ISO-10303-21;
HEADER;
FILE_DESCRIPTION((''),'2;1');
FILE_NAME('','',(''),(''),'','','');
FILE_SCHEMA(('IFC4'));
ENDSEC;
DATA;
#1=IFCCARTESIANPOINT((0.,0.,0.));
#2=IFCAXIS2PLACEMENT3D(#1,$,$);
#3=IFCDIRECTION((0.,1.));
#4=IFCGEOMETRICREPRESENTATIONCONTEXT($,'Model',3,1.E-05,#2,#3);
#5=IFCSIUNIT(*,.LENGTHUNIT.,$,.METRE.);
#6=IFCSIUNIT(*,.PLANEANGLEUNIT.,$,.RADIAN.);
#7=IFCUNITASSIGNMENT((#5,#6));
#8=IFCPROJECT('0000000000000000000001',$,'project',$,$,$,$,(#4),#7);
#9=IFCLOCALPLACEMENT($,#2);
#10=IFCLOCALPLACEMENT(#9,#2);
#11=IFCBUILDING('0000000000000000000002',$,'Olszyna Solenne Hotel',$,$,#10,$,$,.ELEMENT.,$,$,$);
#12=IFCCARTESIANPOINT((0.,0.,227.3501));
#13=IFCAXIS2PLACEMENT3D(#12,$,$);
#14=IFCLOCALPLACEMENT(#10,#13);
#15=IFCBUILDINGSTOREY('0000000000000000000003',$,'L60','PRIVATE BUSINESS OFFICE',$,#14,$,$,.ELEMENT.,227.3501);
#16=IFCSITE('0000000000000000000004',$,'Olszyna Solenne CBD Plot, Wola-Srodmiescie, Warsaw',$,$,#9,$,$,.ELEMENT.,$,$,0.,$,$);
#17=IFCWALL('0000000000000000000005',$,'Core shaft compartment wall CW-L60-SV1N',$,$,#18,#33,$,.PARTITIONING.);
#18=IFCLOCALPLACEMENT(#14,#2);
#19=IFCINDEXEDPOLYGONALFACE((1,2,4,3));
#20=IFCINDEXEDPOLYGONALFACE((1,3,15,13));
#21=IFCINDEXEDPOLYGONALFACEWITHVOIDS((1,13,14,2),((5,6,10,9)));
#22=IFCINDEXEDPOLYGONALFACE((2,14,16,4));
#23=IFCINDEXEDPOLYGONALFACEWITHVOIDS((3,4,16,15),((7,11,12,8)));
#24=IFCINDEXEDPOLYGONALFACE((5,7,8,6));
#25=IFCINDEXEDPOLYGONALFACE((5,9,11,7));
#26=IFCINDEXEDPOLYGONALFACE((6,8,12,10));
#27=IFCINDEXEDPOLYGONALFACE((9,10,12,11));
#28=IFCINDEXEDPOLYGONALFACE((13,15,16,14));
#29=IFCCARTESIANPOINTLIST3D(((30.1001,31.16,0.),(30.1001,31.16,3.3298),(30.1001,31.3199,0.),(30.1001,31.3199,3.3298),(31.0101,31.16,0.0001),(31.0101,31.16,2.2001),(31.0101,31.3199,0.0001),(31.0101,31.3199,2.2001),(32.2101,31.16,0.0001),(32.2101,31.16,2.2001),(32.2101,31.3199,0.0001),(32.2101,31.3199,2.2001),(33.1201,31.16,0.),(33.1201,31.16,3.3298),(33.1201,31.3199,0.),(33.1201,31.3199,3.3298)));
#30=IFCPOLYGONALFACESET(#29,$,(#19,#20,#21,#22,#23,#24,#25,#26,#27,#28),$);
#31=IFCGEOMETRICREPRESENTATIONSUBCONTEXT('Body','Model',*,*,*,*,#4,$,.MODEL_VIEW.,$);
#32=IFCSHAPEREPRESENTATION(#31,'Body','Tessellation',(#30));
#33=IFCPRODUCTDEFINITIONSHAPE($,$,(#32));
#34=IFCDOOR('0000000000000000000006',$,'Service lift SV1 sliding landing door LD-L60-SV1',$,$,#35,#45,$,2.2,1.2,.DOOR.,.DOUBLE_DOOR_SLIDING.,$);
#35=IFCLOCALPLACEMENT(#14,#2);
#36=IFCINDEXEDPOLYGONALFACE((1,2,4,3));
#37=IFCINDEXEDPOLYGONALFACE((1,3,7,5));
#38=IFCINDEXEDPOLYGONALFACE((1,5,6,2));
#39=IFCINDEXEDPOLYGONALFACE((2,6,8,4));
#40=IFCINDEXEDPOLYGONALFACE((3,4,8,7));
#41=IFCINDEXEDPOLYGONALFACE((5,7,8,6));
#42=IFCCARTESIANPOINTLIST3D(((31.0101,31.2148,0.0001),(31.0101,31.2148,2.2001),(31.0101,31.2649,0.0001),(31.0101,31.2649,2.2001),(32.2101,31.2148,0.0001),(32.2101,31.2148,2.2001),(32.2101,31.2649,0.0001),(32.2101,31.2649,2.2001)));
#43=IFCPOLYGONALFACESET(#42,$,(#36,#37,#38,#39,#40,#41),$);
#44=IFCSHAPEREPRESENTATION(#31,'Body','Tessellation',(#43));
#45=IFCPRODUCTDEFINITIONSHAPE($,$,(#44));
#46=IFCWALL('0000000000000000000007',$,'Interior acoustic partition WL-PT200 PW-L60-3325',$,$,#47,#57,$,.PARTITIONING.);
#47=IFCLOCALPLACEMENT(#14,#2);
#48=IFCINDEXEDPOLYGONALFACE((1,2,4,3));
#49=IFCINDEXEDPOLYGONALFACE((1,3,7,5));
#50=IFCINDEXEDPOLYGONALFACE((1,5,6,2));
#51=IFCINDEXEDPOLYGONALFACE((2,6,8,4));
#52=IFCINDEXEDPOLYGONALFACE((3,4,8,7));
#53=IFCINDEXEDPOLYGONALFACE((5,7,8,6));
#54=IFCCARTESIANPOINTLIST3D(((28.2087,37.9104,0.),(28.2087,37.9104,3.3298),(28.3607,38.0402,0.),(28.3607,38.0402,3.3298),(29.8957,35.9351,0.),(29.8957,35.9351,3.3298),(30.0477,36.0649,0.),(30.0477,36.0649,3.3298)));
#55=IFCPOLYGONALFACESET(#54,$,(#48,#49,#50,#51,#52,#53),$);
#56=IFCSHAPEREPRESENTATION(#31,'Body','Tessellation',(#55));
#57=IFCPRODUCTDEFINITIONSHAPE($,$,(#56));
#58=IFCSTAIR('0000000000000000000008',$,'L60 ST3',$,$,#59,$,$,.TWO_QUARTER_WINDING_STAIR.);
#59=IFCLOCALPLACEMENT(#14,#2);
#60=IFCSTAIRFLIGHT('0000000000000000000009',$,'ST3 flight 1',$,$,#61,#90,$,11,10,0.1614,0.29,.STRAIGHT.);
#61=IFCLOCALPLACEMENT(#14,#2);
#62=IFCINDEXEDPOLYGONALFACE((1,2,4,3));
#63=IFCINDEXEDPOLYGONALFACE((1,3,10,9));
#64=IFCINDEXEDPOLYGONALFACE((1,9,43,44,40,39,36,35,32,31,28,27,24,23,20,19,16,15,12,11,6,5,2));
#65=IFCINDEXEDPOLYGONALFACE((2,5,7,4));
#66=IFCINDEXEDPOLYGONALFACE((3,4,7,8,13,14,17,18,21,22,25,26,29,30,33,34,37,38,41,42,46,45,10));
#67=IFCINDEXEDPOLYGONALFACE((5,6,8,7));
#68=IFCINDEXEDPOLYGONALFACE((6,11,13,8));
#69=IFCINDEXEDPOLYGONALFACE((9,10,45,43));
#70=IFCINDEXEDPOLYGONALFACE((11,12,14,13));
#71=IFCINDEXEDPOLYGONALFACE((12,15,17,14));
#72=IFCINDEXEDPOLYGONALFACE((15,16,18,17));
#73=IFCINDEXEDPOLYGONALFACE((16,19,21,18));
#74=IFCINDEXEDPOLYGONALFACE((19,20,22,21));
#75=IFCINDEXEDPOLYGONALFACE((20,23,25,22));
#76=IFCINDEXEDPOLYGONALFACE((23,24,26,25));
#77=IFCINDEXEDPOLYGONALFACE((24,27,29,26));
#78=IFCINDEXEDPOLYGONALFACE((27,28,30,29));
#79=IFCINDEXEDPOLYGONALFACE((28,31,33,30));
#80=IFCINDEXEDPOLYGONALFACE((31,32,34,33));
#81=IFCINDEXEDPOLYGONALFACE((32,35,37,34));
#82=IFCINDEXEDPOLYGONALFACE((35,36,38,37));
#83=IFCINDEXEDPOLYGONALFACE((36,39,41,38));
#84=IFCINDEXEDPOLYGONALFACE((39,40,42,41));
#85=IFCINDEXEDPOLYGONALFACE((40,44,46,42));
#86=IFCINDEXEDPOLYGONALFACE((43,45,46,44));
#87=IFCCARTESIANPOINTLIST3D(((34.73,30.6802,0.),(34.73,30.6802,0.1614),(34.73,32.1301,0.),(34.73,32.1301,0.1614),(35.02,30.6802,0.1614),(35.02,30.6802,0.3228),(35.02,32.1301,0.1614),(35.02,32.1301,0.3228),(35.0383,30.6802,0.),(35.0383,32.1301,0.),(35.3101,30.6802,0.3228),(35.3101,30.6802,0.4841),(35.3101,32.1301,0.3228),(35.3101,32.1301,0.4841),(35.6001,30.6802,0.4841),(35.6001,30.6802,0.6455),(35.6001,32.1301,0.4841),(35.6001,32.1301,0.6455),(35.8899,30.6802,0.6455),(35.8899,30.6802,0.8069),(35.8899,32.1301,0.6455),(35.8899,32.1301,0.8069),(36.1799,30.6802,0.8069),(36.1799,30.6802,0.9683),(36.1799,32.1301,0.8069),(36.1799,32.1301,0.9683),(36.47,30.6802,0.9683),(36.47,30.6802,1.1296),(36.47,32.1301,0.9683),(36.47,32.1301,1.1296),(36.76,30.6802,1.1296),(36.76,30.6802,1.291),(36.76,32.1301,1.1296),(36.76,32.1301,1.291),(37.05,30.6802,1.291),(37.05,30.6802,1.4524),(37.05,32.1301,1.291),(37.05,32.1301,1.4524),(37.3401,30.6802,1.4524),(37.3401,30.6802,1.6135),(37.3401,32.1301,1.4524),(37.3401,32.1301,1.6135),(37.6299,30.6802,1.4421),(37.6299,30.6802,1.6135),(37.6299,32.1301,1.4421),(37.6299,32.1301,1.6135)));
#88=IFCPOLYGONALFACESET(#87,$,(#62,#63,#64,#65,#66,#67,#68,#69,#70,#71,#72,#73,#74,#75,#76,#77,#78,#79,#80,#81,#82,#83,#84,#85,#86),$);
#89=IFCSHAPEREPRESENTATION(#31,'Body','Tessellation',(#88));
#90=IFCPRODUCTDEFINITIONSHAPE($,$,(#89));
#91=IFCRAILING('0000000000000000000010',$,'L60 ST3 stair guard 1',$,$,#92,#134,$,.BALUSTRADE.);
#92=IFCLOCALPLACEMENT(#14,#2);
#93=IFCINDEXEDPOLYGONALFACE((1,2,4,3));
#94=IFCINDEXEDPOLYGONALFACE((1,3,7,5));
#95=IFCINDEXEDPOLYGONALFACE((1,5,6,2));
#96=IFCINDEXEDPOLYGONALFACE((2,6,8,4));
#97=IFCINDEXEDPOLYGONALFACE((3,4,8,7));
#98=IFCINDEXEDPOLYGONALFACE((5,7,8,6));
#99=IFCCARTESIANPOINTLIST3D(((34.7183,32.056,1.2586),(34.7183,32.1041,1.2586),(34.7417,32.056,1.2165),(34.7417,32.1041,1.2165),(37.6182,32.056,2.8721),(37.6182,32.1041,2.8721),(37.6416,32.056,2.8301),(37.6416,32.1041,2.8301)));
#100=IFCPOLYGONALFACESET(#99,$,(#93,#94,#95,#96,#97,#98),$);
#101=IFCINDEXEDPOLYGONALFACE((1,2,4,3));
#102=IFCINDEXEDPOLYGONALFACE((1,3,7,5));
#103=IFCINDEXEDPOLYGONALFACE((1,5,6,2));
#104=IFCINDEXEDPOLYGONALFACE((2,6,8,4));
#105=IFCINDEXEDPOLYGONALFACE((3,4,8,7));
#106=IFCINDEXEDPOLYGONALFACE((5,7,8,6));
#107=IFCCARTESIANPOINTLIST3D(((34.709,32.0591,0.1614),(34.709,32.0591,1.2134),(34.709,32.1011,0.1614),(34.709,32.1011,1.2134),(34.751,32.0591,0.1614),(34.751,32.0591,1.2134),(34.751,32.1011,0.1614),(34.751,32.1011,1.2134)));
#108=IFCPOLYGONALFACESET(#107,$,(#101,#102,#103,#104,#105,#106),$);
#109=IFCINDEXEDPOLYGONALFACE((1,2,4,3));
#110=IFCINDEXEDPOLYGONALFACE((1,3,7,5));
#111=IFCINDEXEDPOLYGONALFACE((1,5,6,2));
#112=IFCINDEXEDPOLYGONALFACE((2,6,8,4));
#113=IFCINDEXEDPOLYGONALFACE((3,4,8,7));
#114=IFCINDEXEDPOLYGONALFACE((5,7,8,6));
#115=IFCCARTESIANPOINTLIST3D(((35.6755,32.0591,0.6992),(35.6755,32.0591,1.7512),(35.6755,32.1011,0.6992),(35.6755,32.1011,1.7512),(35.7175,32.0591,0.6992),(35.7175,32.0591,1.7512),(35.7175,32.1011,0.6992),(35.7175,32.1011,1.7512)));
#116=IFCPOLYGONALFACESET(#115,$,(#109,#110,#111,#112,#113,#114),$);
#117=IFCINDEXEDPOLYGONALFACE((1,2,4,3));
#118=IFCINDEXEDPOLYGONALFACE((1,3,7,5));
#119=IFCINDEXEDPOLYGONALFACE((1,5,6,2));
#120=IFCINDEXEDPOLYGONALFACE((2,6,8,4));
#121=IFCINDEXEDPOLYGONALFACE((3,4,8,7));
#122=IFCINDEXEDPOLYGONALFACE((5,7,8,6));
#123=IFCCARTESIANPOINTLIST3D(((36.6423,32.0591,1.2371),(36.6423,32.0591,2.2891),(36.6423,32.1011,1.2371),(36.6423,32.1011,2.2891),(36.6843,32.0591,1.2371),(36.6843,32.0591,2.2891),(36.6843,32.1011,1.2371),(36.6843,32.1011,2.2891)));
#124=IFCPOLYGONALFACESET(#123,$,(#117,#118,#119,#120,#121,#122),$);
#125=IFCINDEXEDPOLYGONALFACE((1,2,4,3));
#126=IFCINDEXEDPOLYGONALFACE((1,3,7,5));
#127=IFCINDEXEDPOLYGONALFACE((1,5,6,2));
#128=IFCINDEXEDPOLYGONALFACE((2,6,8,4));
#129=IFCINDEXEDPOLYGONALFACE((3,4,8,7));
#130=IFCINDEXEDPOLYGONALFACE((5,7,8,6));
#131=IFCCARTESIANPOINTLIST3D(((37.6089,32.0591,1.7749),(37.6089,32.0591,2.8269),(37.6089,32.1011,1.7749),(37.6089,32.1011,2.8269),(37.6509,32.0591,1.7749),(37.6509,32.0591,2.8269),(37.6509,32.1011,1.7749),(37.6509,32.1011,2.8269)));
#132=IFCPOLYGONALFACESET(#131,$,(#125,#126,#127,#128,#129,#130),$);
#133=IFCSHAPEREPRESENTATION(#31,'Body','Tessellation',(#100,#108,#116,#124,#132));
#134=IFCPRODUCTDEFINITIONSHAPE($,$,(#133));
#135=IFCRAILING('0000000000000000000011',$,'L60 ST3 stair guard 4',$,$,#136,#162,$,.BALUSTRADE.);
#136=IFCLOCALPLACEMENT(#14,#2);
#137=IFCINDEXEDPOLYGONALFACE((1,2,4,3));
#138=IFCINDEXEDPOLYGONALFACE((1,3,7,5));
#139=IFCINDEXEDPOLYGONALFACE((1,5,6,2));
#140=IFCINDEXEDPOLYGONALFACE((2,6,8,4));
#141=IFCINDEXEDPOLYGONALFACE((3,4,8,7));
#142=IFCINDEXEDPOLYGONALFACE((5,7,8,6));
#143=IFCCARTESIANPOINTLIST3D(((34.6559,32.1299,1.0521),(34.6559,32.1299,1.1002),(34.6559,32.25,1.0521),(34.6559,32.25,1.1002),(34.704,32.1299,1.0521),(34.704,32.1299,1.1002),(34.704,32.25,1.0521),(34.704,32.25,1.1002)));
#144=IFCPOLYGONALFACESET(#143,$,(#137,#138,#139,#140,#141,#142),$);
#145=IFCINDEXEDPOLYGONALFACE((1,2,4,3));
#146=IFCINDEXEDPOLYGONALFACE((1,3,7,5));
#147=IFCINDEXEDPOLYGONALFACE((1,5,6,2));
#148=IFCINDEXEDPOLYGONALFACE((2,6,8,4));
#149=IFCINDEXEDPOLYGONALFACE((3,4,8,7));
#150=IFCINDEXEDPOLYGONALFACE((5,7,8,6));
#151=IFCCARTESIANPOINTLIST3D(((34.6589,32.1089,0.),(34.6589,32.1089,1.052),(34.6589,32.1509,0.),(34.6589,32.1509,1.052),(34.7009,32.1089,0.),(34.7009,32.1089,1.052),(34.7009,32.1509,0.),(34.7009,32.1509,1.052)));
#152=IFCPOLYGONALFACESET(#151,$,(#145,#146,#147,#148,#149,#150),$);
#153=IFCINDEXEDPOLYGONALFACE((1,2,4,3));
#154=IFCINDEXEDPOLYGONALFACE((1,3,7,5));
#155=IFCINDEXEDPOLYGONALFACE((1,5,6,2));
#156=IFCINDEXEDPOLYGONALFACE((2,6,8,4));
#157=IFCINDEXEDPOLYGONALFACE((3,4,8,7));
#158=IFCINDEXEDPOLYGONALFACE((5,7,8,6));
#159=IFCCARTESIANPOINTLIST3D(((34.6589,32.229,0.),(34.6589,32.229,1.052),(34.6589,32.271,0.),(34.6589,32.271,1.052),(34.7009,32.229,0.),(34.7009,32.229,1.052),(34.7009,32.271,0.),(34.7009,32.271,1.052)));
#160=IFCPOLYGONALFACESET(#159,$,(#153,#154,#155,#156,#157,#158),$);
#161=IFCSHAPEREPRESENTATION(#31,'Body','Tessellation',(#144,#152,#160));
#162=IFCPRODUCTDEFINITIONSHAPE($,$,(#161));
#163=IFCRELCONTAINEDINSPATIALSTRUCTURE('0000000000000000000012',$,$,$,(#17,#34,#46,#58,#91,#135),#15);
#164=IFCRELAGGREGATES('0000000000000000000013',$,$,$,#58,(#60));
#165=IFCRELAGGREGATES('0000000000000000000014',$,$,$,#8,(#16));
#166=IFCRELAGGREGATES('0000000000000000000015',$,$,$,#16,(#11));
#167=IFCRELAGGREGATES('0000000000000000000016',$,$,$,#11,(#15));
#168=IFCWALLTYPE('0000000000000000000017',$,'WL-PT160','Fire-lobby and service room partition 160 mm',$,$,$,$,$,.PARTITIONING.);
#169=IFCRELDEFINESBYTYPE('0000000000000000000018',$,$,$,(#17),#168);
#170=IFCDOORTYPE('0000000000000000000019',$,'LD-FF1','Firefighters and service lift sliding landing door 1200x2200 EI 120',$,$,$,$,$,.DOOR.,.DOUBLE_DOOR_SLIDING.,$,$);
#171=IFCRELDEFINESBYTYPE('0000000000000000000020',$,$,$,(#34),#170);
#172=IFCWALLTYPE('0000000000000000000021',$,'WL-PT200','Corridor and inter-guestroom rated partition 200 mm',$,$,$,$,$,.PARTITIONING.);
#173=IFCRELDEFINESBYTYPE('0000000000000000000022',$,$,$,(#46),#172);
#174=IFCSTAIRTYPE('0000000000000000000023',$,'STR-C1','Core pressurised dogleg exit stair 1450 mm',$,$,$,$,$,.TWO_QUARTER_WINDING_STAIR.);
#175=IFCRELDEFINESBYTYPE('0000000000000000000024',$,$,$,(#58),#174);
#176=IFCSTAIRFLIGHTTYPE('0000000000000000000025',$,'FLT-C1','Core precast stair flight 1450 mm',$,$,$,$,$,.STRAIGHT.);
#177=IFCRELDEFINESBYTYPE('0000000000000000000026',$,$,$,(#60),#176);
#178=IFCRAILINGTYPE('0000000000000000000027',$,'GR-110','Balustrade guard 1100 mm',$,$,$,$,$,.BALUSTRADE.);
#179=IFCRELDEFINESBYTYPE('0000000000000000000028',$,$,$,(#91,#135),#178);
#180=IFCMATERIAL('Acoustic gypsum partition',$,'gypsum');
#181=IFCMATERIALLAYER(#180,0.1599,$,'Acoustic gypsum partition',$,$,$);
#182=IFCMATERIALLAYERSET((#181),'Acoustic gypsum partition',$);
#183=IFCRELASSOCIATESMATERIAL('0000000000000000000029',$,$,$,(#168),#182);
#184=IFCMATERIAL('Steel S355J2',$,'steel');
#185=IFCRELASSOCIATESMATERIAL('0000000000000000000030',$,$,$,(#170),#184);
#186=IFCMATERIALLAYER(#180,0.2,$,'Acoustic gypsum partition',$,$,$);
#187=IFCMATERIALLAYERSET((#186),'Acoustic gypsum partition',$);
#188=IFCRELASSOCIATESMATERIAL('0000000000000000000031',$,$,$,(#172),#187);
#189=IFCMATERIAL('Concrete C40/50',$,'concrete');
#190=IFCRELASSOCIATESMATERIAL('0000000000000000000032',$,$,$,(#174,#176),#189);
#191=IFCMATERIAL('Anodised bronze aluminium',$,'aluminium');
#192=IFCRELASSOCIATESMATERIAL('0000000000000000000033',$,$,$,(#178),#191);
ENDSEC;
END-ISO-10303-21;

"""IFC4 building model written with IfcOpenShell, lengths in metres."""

from ifc_helpers import new_model, si_unit, direction, frame, frame_2d, origin, origin_2d, place, context, subcontext, project, spatial, polyline, rectangle, outline, extrude, source, transform, mapped, material, layer, layer_set, type_object, type_shapes, element, fill, aggregate, save


model = new_model("IFC4")

# Units and contexts
model_context = context("Model", 3, precision=1e-05, world=origin(), true_north=direction((0.0, 1.0)))
body_context = subcontext(model_context, "Body", "Model", "MODEL_VIEW")
ifc_project = project(units=[si_unit("LENGTHUNIT", "METRE"), si_unit("PLANEANGLEUNIT", "RADIAN")], contexts=[model_context])

# Site, building, storey
site_placement = place(None, origin())
site = spatial("IfcSite", under=ifc_project, at=site_placement, Name="Olszyna Solenne CBD Plot, Wola-Srodmiescie, Warsaw", CompositionType="ELEMENT", RefElevation=0.0)
building_placement = place(site_placement, origin())
building = spatial("IfcBuilding", under=site, at=building_placement, Name="Olszyna Solenne Hotel", CompositionType="ELEMENT")
storey_placement = place(building_placement, frame((0.0, 0.0, 227.3501)))
storey = spatial("IfcBuildingStorey", under=building, at=storey_placement, Name="L60", Description="PRIVATE BUSINESS OFFICE", CompositionType="ELEMENT", Elevation=227.3501)

# Shared definitions
ifc_material_1 = material(Name="Steel S355J2", Category="steel")

# Shared definitions
ifc_material_2 = material(Name="Anodised bronze aluminium", Category="aluminium")

# Shared definitions
ifc_material_3 = material(Name="Acoustic gypsum partition", Category="gypsum")
ifc_layer_1 = layer(ifc_material_3, 0.1599, Name="Acoustic gypsum partition")
ifc_layer_set_1 = layer_set([ifc_layer_1], Name="Acoustic gypsum partition")
wall_type_1 = type_object("IfcWallType", Name="WL-PT160", Description="Fire-lobby and service room partition 160 mm", PredefinedType="PARTITIONING", material=ifc_layer_set_1)

# Wall, opening, door
wall_1_placement = place(storey_placement, frame((30.1001, 31.24, 0.0), z_axis=(0.0, 0.0, 1.0), x_axis=(1.0, 0.0, 0.0)))
wall_1 = element("IfcWall", 1, at=wall_1_placement, inside=storey, type_object=wall_type_1, Name="Core shaft compartment wall CW-L60-SV1N", PredefinedType="PARTITIONING", context=body_context, shape_type="SweptSolid", body=[
    extrude(rectangle(XDim=3.02, YDim=0.1599, at=frame_2d((1.51, 0.0))), origin(), (0.0, 0.0, 1.0), 3.3298),
])
opening_1_placement = place(wall_1_placement, frame((0.9099, 0.0, 0.0)))
opening_1 = element("IfcOpeningElement", 2, at=opening_1_placement, cuts=wall_1, PredefinedType="OPENING", context=body_context, shape_type="SweptSolid", body=[
    extrude(rectangle(XDim=1.2, YDim=2.2, at=frame_2d((0.6001, 1.1001))), frame((0.0, 0.0898, 0.0), z_axis=(0.0, -1.0, 0.0), x_axis=(1.0, 0.0, 0.0)), (0.0, 0.0, 1.0), 0.1799),
])
door_type_1 = type_object("IfcDoorType", Name="LD-FF1", Description="Firefighters and service lift sliding landing door 1200x2200 EI 120", OperationType="DOUBLE_DOOR_SLIDING", PredefinedType="DOOR", material=ifc_material_1)
shared_shape_1 = source(origin(), body_context, "Body", "SweptSolid", [
    extrude(rectangle(XDim=1.2, YDim=2.2, at=frame_2d((0.6001, 1.1001))), frame((0.0, 0.0249, 0.0), z_axis=(0.0, -1.0, 0.0), x_axis=(1.0, 0.0, 0.0)), (0.0, 0.0, 1.0), 0.05),
])
type_shapes(door_type_1, [shared_shape_1])
door_1_placement = place(opening_1_placement, origin())
door_1 = element("IfcDoor", 3, at=door_1_placement, inside=storey, type_object=door_type_1, Name="Service lift SV1 sliding landing door LD-L60-SV1", OperationType="DOUBLE_DOOR_SLIDING", OverallHeight=2.2, OverallWidth=1.2, PredefinedType="DOOR", context=body_context, shape_type="MappedRepresentation", body=[
    mapped(shared_shape_1, transform((0.0, 0.0, 0.0), x_axis=(1.0, 0.0, 0.0), y_axis=(0.0, 1.0, 0.0), z_axis=(0.0, 0.0, 1.0), scale=1.0)),
])
fill(opening_1, door_1)

# Wall
ifc_layer_2 = layer(ifc_material_3, 0.2, Name="Acoustic gypsum partition")
ifc_layer_set_2 = layer_set([ifc_layer_2], Name="Acoustic gypsum partition")
wall_type_2 = type_object("IfcWallType", Name="WL-PT200", Description="Corridor and inter-guestroom rated partition 200 mm", PredefinedType="PARTITIONING", material=ifc_layer_set_2)
wall_2_placement = place(storey_placement, frame((29.9717, 36.0, 0.0), z_axis=(0.0, 0.0, 1.0), x_axis=(-0.649428, 0.760423, 0.0)))
element("IfcWall", 4, at=wall_2_placement, inside=storey, type_object=wall_type_2, Name="Interior acoustic partition WL-PT200 PW-L60-3325", PredefinedType="PARTITIONING", context=body_context, shape_type="SweptSolid", body=[
    extrude(rectangle(XDim=2.5977, YDim=0.2, at=frame_2d((1.2988, 0.0))), origin(), (0.0, 0.0, 1.0), 3.3298),
])

# Stair, stair flight
ifc_material_4 = material(Name="Concrete C40/50", Category="concrete")
stair_type = type_object("IfcStairType", Name="STR-C1", Description="Core pressurised dogleg exit stair 1450 mm", PredefinedType="TWO_QUARTER_WINDING_STAIR", material=ifc_material_4)
stair_placement = place(storey_placement, origin())
stair = element("IfcStair", 5, at=stair_placement, inside=storey, type_object=stair_type, Name="L60 ST3", PredefinedType="TWO_QUARTER_WINDING_STAIR")
stair_flight_type = type_object("IfcStairFlightType", Name="FLT-C1", Description="Core precast stair flight 1450 mm", PredefinedType="STRAIGHT", material=ifc_material_4)
stair_flight_placement = place(storey_placement, frame((34.73, 31.405, 0.0), z_axis=(0.0, 0.0, 1.0), x_axis=(1.0, 0.0, 0.0)))
stair_flight = element("IfcStairFlight", 6, at=stair_flight_placement, type_object=stair_flight_type, Name="ST3 flight 1", NumberOfRisers=11, NumberOfTreads=10, PredefinedType="STRAIGHT", RiserHeight=0.1614, TreadLength=0.29, context=body_context, shape_type="SweptSolid", body=[
    extrude(outline(polyline([(0.0, 0.0), (0.0, 0.1614), (0.29, 0.1614), (0.29, 0.3228), (0.5801, 0.3228), (0.5801, 0.4841), (0.8701, 0.4841), (0.8701, 0.6455), (1.1599, 0.6455), (1.1599, 0.8069), (1.45, 0.8069), (1.45, 0.9683), (1.74, 0.9683), (1.74, 1.1296), (2.03, 1.1296), (2.03, 1.291), (2.3201, 1.291), (2.3201, 1.4524), (2.6101, 1.4524), (2.6101, 1.6135), (2.8999, 1.6135), (2.8999, 1.7749), (2.8999, 1.4421), (0.3083, 0.0), (0.0, 0.0)])), frame((0.0, 0.7251, 0.0), z_axis=(0.0, -1.0, 0.0), x_axis=(1.0, 0.0, 0.0)), (0.0, 0.0, 1.0), 1.45),
])
aggregate(stair, [stair_flight])

# Railings
railing_type_1 = type_object("IfcRailingType", Name="GR-110", Description="Balustrade guard 1100 mm", PredefinedType="BALUSTRADE", material=ifc_material_2)
railing_1_placement = place(storey_placement, frame((34.73, 32.0801, 0.1614)))
element("IfcRailing", 7, at=railing_1_placement, inside=storey, type_object=railing_type_1, Name="L60 ST3 stair guard 1", PredefinedType="BALUSTRADE", context=body_context, shape_type="SweptSolid", body=[
    extrude(rectangle(XDim=0.0481, YDim=0.0481, at=origin_2d()), frame((0.0, 0.0, 1.0762), z_axis=(0.873841, 0.0, 0.486211), x_axis=(0.0, 1.0, 0.0)), (0.0, 0.0, 1.0), 3.3186),
    extrude(rectangle(XDim=0.042, YDim=0.042, at=origin_2d()), origin(), (0.0, 0.0, 1.0), 1.052),
    extrude(rectangle(XDim=0.042, YDim=0.042, at=origin_2d()), frame((0.9666, 0.0, 0.5378)), (0.0, 0.0, 1.0), 1.052),
    extrude(rectangle(XDim=0.042, YDim=0.042, at=origin_2d()), frame((1.9333, 0.0, 1.0757)), (0.0, 0.0, 1.0), 1.052),
    extrude(rectangle(XDim=0.042, YDim=0.042, at=origin_2d()), frame((2.8999, 0.0, 1.6135)), (0.0, 0.0, 1.0), 1.052),
])
railing_2_placement = place(storey_placement, frame((34.6799, 32.1299, 0.0)))
element("IfcRailing", 8, at=railing_2_placement, inside=storey, type_object=railing_type_1, Name="L60 ST3 stair guard 4", PredefinedType="BALUSTRADE", context=body_context, shape_type="SweptSolid", body=[
    extrude(rectangle(XDim=0.0481, YDim=0.0481, at=origin_2d()), frame((0.0, 0.0, 1.0762), z_axis=(0.0, 1.0, 0.0), x_axis=(-1.0, 0.0, 0.0)), (0.0, 0.0, 1.0), 0.1201),
    extrude(rectangle(XDim=0.042, YDim=0.042, at=origin_2d()), origin(), (0.0, 0.0, 1.0), 1.052),
    extrude(rectangle(XDim=0.042, YDim=0.042, at=origin_2d()), frame((0.0, 0.1201, 0.0)), (0.0, 0.0, 1.0), 1.052),
])

save(model, "model.ifc")
